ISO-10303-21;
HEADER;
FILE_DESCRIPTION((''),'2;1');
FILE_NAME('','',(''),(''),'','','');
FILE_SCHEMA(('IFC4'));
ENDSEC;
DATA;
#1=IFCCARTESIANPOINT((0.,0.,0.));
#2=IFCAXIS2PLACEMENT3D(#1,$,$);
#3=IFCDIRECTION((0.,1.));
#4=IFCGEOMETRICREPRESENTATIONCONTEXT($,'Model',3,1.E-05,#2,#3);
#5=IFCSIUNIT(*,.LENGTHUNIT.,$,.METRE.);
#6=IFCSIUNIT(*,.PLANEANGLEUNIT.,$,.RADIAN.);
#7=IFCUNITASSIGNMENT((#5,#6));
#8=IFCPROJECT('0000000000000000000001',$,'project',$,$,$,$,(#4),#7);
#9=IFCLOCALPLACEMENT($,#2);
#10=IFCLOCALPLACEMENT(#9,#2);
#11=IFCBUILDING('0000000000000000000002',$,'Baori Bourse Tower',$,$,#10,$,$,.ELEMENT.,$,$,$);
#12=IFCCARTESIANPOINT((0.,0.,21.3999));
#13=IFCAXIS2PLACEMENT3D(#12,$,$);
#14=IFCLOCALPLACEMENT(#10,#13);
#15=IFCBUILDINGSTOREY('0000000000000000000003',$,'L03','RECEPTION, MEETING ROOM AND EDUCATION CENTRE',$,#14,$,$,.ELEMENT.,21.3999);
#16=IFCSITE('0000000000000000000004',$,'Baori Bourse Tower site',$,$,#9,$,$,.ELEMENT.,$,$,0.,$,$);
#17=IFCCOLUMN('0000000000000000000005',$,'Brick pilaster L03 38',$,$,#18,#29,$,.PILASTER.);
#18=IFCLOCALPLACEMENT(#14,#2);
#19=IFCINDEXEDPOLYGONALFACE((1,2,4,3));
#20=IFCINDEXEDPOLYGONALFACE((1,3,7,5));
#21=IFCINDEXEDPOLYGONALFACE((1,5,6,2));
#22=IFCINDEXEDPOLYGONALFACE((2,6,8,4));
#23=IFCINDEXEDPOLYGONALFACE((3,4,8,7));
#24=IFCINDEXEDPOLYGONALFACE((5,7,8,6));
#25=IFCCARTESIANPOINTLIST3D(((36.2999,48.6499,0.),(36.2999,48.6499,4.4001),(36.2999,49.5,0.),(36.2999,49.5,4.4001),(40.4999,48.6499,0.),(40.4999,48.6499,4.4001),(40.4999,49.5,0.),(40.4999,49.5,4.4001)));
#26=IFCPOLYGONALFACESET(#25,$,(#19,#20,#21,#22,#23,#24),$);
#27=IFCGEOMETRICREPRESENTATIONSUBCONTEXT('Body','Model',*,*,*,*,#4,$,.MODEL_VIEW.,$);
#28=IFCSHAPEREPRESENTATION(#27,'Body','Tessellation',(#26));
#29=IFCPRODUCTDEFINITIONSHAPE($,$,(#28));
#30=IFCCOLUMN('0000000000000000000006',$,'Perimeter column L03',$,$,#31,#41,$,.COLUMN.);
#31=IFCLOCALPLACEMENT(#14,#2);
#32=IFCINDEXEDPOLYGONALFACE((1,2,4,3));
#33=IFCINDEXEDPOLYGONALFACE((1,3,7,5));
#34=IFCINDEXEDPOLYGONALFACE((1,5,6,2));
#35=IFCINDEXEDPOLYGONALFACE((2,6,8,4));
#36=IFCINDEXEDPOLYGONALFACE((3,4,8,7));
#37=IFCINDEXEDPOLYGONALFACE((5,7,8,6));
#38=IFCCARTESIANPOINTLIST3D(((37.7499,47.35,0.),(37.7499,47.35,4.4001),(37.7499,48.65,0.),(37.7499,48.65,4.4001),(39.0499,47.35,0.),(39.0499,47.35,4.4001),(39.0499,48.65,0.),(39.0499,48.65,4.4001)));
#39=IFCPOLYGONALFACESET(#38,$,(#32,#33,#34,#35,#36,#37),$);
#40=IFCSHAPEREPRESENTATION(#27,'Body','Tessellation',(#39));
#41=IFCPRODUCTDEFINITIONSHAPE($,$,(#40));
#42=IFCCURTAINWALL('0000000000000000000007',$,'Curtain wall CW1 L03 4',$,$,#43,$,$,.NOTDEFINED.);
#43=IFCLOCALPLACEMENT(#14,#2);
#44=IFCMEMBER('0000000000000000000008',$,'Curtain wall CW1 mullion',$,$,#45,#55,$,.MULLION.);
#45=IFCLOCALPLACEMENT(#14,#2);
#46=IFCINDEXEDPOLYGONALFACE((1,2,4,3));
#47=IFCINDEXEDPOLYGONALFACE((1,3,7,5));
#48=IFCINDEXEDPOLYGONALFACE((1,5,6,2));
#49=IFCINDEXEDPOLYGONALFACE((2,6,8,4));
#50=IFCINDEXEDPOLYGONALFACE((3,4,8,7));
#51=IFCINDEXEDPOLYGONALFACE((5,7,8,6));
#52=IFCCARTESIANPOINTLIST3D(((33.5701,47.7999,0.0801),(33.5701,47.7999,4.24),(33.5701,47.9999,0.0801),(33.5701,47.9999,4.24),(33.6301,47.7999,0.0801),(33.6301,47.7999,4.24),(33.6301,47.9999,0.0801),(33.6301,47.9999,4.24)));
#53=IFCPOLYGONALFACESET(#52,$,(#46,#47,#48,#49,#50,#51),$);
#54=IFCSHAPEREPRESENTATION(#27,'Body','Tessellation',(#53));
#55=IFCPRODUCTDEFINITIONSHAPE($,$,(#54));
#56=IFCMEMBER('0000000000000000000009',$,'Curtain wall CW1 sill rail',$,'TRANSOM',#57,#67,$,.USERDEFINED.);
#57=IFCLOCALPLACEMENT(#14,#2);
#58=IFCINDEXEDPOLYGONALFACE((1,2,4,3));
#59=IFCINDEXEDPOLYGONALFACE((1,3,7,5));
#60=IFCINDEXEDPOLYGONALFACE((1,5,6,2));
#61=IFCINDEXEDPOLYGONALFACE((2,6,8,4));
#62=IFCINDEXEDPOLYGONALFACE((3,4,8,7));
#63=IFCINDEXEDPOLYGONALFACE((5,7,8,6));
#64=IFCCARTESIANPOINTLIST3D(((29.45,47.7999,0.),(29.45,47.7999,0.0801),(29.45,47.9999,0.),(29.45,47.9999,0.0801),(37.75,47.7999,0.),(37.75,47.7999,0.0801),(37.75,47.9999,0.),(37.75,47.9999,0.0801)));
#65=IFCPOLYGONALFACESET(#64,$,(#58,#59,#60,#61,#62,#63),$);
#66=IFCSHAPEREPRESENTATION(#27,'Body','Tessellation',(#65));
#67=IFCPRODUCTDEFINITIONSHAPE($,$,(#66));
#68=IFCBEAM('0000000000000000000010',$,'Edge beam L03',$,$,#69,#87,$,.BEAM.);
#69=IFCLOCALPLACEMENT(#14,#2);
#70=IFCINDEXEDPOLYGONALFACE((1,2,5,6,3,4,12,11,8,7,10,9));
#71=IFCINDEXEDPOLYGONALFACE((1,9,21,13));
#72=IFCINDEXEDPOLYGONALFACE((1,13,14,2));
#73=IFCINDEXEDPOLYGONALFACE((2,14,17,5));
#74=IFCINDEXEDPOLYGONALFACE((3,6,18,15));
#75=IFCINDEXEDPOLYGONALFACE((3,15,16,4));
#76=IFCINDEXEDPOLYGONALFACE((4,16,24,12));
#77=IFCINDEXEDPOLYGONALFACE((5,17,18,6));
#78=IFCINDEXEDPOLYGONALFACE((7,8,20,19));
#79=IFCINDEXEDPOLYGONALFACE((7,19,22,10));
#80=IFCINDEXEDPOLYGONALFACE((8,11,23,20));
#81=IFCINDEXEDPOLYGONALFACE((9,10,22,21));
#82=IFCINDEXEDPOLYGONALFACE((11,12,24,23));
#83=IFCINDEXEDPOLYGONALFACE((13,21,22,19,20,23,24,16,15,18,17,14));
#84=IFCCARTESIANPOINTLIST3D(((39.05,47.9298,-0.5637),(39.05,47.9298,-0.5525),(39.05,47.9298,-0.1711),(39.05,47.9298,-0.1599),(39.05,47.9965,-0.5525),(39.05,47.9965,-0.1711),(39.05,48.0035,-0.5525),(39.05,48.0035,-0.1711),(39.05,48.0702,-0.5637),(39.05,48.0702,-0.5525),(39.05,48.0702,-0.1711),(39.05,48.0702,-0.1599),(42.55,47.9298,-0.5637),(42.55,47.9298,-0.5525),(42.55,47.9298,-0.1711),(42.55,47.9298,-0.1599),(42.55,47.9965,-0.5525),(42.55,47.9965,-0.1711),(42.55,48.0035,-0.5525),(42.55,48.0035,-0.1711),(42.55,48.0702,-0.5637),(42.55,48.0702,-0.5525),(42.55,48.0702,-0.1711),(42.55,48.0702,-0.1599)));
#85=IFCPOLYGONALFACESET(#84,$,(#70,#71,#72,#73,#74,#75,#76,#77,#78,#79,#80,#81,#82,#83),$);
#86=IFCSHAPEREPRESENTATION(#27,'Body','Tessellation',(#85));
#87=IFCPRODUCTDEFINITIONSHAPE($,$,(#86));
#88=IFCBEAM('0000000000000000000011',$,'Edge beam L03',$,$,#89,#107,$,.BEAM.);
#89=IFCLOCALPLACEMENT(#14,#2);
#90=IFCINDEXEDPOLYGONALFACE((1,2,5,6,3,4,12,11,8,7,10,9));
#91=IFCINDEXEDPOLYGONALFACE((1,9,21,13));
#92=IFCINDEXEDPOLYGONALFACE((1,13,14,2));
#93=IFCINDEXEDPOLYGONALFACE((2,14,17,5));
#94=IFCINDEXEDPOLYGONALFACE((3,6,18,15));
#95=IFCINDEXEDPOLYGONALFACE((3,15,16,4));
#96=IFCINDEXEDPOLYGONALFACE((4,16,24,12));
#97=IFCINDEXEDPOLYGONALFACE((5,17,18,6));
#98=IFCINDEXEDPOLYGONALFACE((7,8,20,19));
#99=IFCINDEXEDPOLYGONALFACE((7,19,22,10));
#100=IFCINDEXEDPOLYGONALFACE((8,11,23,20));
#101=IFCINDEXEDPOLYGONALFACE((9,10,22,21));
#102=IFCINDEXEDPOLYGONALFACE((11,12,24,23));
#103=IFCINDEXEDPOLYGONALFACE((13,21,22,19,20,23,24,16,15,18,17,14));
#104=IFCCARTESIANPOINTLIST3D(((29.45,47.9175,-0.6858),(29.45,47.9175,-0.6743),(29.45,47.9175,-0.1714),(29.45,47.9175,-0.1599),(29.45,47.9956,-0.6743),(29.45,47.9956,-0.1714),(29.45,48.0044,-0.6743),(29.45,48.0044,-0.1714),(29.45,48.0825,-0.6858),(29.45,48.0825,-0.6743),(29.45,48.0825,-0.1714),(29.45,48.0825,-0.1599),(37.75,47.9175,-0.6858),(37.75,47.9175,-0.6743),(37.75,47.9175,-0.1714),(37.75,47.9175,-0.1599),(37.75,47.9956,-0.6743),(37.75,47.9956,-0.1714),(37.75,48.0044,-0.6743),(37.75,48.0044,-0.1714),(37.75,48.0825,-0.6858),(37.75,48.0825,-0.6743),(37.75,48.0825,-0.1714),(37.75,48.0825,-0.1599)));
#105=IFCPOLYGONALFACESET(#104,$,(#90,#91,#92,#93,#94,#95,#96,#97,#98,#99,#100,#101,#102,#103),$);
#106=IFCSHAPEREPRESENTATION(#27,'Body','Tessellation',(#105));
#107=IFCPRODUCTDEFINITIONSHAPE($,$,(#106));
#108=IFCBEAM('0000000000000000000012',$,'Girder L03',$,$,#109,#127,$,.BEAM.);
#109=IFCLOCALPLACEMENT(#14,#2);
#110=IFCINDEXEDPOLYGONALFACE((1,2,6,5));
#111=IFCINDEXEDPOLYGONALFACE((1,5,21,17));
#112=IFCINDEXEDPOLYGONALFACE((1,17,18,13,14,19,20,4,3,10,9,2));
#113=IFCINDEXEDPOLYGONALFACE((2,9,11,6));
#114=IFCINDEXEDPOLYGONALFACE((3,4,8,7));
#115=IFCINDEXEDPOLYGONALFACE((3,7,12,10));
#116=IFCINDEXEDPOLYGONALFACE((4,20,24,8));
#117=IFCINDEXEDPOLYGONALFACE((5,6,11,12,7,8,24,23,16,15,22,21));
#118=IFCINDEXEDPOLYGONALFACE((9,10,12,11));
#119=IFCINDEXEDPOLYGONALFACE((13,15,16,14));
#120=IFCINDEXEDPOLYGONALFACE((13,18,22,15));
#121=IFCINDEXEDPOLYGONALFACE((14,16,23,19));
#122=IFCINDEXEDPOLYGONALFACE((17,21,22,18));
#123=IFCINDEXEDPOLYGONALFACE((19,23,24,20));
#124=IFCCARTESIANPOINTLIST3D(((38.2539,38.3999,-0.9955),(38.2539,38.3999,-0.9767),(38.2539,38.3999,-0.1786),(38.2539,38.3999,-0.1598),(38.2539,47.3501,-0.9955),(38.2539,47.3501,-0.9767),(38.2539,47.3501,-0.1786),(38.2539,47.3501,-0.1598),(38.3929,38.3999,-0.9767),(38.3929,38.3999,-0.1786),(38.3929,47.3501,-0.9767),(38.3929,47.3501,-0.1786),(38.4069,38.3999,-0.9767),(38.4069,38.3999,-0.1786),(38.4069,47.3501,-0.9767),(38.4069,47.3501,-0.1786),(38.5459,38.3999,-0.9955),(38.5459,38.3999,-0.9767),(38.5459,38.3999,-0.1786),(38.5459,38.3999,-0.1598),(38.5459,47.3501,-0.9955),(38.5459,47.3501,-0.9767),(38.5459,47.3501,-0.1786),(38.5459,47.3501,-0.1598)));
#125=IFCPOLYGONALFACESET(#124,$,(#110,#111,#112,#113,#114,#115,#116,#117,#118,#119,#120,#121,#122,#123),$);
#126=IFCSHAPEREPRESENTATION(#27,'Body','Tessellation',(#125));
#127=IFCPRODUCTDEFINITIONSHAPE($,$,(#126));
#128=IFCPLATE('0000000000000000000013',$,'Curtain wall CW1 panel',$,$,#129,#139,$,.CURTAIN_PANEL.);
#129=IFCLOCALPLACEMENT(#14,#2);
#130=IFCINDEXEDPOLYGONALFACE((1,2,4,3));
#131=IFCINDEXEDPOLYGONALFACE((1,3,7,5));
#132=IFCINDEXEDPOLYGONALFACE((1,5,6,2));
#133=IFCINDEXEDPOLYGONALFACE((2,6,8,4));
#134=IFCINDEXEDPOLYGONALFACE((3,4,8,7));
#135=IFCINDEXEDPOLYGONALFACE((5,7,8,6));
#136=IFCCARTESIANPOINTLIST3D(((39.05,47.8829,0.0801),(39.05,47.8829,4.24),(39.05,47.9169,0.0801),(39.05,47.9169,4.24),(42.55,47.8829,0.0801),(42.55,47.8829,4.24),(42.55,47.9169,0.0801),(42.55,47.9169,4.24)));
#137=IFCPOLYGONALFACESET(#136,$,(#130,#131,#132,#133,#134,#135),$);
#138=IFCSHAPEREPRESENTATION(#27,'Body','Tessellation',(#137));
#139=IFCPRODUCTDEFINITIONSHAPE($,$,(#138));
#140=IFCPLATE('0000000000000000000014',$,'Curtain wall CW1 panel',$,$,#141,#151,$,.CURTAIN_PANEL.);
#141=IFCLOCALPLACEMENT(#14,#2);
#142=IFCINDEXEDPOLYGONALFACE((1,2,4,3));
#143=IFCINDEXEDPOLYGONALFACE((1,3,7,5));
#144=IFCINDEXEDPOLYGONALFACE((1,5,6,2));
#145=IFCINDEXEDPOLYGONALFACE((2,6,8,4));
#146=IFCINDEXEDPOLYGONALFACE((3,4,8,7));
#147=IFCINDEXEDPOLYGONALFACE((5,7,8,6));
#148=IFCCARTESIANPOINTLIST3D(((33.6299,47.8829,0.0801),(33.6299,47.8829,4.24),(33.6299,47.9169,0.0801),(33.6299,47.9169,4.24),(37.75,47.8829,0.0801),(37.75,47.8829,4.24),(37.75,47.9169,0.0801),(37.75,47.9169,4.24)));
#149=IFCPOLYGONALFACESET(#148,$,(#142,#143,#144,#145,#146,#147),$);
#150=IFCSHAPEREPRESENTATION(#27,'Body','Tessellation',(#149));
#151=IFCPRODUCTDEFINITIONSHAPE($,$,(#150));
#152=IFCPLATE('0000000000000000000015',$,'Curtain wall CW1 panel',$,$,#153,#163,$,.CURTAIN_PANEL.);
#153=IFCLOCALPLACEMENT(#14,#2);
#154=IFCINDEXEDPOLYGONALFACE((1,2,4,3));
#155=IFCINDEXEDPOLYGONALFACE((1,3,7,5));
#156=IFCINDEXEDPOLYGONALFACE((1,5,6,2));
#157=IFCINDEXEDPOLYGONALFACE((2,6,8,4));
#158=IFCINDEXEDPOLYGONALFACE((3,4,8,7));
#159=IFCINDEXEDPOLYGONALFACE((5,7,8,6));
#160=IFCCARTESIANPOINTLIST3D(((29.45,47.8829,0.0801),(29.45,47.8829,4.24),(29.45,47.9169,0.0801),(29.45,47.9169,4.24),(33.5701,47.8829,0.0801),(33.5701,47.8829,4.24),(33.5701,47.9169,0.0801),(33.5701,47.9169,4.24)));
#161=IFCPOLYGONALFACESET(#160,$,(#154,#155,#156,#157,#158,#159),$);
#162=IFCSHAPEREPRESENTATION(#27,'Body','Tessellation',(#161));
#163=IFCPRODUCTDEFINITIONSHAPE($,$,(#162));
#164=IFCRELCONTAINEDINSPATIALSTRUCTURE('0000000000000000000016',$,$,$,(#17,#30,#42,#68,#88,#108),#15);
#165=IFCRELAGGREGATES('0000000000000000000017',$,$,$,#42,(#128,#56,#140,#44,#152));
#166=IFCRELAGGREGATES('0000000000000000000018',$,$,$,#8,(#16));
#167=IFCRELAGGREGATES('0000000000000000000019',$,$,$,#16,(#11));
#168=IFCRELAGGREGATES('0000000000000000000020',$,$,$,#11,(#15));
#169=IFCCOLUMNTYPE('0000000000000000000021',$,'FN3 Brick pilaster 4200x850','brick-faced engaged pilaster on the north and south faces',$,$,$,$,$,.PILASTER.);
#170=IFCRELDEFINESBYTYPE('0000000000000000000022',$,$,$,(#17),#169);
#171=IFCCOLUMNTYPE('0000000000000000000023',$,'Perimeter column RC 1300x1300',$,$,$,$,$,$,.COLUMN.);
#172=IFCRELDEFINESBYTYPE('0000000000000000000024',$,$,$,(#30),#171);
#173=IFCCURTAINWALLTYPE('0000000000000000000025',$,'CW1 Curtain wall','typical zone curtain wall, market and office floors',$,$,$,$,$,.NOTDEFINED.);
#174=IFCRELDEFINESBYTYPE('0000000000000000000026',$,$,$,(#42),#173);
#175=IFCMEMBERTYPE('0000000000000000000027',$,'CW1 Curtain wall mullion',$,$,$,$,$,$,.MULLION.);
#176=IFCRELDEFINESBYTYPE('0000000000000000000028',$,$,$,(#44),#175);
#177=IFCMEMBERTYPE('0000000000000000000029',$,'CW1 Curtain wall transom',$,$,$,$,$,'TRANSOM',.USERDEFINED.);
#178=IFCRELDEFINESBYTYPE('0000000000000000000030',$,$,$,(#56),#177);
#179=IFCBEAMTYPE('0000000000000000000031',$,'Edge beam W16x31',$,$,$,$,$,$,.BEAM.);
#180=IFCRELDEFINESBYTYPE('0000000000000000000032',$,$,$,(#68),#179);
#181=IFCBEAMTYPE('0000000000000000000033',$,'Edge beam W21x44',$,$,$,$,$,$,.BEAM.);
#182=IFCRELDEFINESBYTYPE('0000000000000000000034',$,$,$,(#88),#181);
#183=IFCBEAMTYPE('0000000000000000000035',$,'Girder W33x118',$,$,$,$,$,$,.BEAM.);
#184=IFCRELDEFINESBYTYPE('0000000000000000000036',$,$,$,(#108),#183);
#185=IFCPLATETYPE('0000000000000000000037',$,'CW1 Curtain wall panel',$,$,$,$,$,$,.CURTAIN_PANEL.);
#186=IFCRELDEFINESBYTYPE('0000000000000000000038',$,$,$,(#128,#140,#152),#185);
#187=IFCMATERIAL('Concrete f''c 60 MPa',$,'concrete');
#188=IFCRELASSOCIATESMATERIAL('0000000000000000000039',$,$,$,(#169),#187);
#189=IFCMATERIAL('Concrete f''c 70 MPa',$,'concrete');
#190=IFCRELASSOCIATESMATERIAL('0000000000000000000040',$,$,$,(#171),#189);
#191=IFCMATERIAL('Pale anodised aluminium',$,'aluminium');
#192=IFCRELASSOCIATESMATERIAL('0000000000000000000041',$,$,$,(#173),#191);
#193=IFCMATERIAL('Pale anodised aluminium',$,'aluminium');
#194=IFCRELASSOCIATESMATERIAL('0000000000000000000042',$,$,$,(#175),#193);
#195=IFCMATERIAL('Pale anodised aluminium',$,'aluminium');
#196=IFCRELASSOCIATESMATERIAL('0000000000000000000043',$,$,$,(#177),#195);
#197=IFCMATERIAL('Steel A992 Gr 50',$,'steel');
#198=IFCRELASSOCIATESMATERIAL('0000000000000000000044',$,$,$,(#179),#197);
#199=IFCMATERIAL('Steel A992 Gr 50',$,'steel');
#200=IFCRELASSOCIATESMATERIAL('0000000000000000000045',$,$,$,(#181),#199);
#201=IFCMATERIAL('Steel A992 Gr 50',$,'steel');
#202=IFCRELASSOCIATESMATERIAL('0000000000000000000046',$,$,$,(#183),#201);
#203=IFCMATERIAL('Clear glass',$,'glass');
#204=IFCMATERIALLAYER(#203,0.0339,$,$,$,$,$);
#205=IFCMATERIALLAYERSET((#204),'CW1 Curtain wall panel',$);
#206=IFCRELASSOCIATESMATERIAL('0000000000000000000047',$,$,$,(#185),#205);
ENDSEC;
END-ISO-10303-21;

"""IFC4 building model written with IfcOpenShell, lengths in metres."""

from ifc_helpers import new_model, si_unit, direction, frame, origin, origin_2d, place, context, subcontext, project, spatial, rectangle, i_section, extrude, material, layer, layer_set, material_profile, profile_set, type_object, element, aggregate, save


model = new_model("IFC4")

# Units and contexts
model_context = context("Model", 3, precision=1e-05, world=origin(), true_north=direction((0.0, 1.0)))
body_context = subcontext(model_context, "Body", "Model", "MODEL_VIEW")
ifc_project = project(units=[si_unit("LENGTHUNIT", "METRE"), si_unit("PLANEANGLEUNIT", "RADIAN")], contexts=[model_context])

# Site, building, storey
site_placement = place(None, origin())
site = spatial("IfcSite", under=ifc_project, at=site_placement, Name="Baori Bourse Tower site", CompositionType="ELEMENT", RefElevation=0.0)
building_placement = place(site_placement, origin())
building = spatial("IfcBuilding", under=site, at=building_placement, Name="Baori Bourse Tower", CompositionType="ELEMENT")
storey_placement = place(building_placement, frame((0.0, 0.0, 21.3999)))
storey = spatial("IfcBuildingStorey", under=building, at=storey_placement, Name="L03", Description="RECEPTION, MEETING ROOM AND EDUCATION CENTRE", CompositionType="ELEMENT", Elevation=21.3999)

# Columns
ifc_material_1 = material(Name="Concrete f'c 60 MPa", Category="concrete")
ifc_material_profile_1 = material_profile(ifc_material_1, rectangle(XDim=4.2, YDim=0.8501, at=origin_2d()), Name="RC 4200x850")
ifc_profile_set_1 = profile_set([ifc_material_profile_1], Name="Concrete f'c 60 MPa")
column_type_1 = type_object("IfcColumnType", Name="FN3 Brick pilaster 4200x850", Description="brick-faced engaged pilaster on the north and south faces", PredefinedType="PILASTER", material=ifc_profile_set_1)
column_1_placement = place(storey_placement, frame((38.3999, 49.075, 0.0), z_axis=(0.0, 0.0, 1.0), x_axis=(1.0, 0.0, 0.0)))
element("IfcColumn", 1, at=column_1_placement, inside=storey, type_object=column_type_1, Name="Brick pilaster L03 38", PredefinedType="PILASTER", context=body_context, shape_type="SweptSolid", body=[
    extrude(rectangle(XDim=4.2, YDim=0.8501, at=origin_2d()), origin(), (0.0, 0.0, 1.0), 4.4001),
])
ifc_material_2 = material(Name="Concrete f'c 70 MPa", Category="concrete")
ifc_material_profile_2 = material_profile(ifc_material_2, rectangle(XDim=1.3, YDim=1.3, at=origin_2d()), Name="RC 1300x1300")
ifc_profile_set_2 = profile_set([ifc_material_profile_2], Name="Concrete f'c 70 MPa")
column_type_2 = type_object("IfcColumnType", Name="Perimeter column RC 1300x1300", PredefinedType="COLUMN", material=ifc_profile_set_2)
column_2_placement = place(storey_placement, frame((38.3999, 48.0, 0.0), z_axis=(0.0, 0.0, 1.0), x_axis=(1.0, 0.0, 0.0)))
element("IfcColumn", 2, at=column_2_placement, inside=storey, type_object=column_type_2, Name="Perimeter column L03", PredefinedType="COLUMN", context=body_context, shape_type="SweptSolid", body=[
    extrude(rectangle(XDim=1.3, YDim=1.3, at=origin_2d()), origin(), (0.0, 0.0, 1.0), 4.4001),
])

# Curtain wall, members
ifc_material_3 = material(Name="Pale anodised aluminium", Category="aluminium")
curtain_wall_type = type_object("IfcCurtainWallType", Name="CW1 Curtain wall", Description="typical zone curtain wall, market and office floors", PredefinedType="NOTDEFINED", material=ifc_material_3)
curtain_wall_placement = place(storey_placement, origin())
curtain_wall = element("IfcCurtainWall", 3, at=curtain_wall_placement, inside=storey, type_object=curtain_wall_type, Name="Curtain wall CW1 L03 4", PredefinedType="NOTDEFINED")
ifc_material_4 = material(Name="Pale anodised aluminium", Category="aluminium")
ifc_material_profile_3 = material_profile(ifc_material_4, rectangle(XDim=0.2, YDim=0.0601, at=origin_2d()), Name="Mullion 60x200")
ifc_profile_set_3 = profile_set([ifc_material_profile_3], Name="Pale anodised aluminium")
member_type_1 = type_object("IfcMemberType", Name="CW1 Curtain wall mullion", PredefinedType="MULLION", material=ifc_profile_set_3)
member_1_placement = place(storey_placement, frame((33.6001, 47.8999, 0.0801), z_axis=(0.0, 0.0, 1.0), x_axis=(0.0, -1.0, 0.0)))
member_1 = element("IfcMember", 4, at=member_1_placement, type_object=member_type_1, Name="Curtain wall CW1 mullion", PredefinedType="MULLION", context=body_context, shape_type="SweptSolid", body=[
    extrude(rectangle(XDim=0.2, YDim=0.0601, at=origin_2d()), origin(), (0.0, 0.0, 1.0), 4.1599),
])
ifc_material_5 = material(Name="Pale anodised aluminium", Category="aluminium")
ifc_material_profile_4 = material_profile(ifc_material_5, rectangle(XDim=0.2, YDim=0.0801, at=origin_2d()), Name="Transom 80x200")
ifc_profile_set_4 = profile_set([ifc_material_profile_4], Name="Pale anodised aluminium")
member_type_2 = type_object("IfcMemberType", Name="CW1 Curtain wall transom", ElementType="TRANSOM", PredefinedType="USERDEFINED", material=ifc_profile_set_4)
member_2_placement = place(storey_placement, frame((37.75, 47.8999, 0.04), z_axis=(-1.0, 0.0, 0.0), x_axis=(0.0, -1.0, 0.0)))
member_2 = element("IfcMember", 5, at=member_2_placement, type_object=member_type_2, Name="Curtain wall CW1 sill rail", ObjectType="TRANSOM", PredefinedType="USERDEFINED", context=body_context, shape_type="SweptSolid", body=[
    extrude(rectangle(XDim=0.2, YDim=0.0801, at=origin_2d()), origin(), (0.0, 0.0, 1.0), 8.3),
])

# Beams
ifc_material_6 = material(Name="Steel A992 Gr 50", Category="steel")
ifc_material_profile_5 = material_profile(ifc_material_6, i_section(OverallWidth=0.1404, OverallDepth=0.4038, WebThickness=0.0071, FlangeThickness=0.0112, at=origin_2d()), Name="W16x31")
ifc_profile_set_5 = profile_set([ifc_material_profile_5], Name="Steel A992 Gr 50")
beam_type_1 = type_object("IfcBeamType", Name="Edge beam W16x31", PredefinedType="BEAM", material=ifc_profile_set_5)
beam_1_placement = place(storey_placement, frame((39.05, 48.0, -0.3618), z_axis=(1.0, 0.0, 0.0), x_axis=(0.0, 1.0, 0.0)))
element("IfcBeam", 6, at=beam_1_placement, inside=storey, type_object=beam_type_1, Name="Edge beam L03", PredefinedType="BEAM", context=body_context, shape_type="SweptSolid", body=[
    extrude(i_section(OverallWidth=0.1404, OverallDepth=0.4038, WebThickness=0.0071, FlangeThickness=0.0112, at=origin_2d()), origin(), (0.0, 0.0, 1.0), 3.5),
])
ifc_material_7 = material(Name="Steel A992 Gr 50", Category="steel")
ifc_material_profile_6 = material_profile(ifc_material_7, i_section(OverallWidth=0.165, OverallDepth=0.5259, WebThickness=0.0088, FlangeThickness=0.0115, at=origin_2d()), Name="W21x44")
ifc_profile_set_6 = profile_set([ifc_material_profile_6], Name="Steel A992 Gr 50")
beam_type_2 = type_object("IfcBeamType", Name="Edge beam W21x44", PredefinedType="BEAM", material=ifc_profile_set_6)
beam_2_placement = place(storey_placement, frame((29.45, 48.0, -0.4229), z_axis=(1.0, 0.0, 0.0), x_axis=(0.0, 1.0, 0.0)))
element("IfcBeam", 7, at=beam_2_placement, inside=storey, type_object=beam_type_2, Name="Edge beam L03", PredefinedType="BEAM", context=body_context, shape_type="SweptSolid", body=[
    extrude(i_section(OverallWidth=0.165, OverallDepth=0.5259, WebThickness=0.0088, FlangeThickness=0.0115, at=origin_2d()), origin(), (0.0, 0.0, 1.0), 8.3),
])
ifc_material_8 = material(Name="Steel A992 Gr 50", Category="steel")
ifc_material_profile_7 = material_profile(ifc_material_8, i_section(OverallWidth=0.292, OverallDepth=0.8357, WebThickness=0.0139, FlangeThickness=0.0188, at=origin_2d()), Name="W33x118")
ifc_profile_set_7 = profile_set([ifc_material_profile_7], Name="Steel A992 Gr 50")
beam_type_3 = type_object("IfcBeamType", Name="Girder W33x118", PredefinedType="BEAM", material=ifc_profile_set_7)
beam_3_placement = place(storey_placement, frame((38.3999, 38.3999, -0.5776), z_axis=(0.0, 1.0, 0.0), x_axis=(-1.0, 0.0, 0.0)))
element("IfcBeam", 8, at=beam_3_placement, inside=storey, type_object=beam_type_3, Name="Girder L03", PredefinedType="BEAM", context=body_context, shape_type="SweptSolid", body=[
    extrude(i_section(OverallWidth=0.292, OverallDepth=0.8357, WebThickness=0.0139, FlangeThickness=0.0188, at=origin_2d()), origin(), (0.0, 0.0, 1.0), 8.9502),
])

# Plates
ifc_material_9 = material(Name="Clear glass", Category="glass")
ifc_layer_1 = layer(ifc_material_9, 0.0339)
ifc_layer_set_1 = layer_set([ifc_layer_1], Name="CW1 Curtain wall panel")
plate_type = type_object("IfcPlateType", Name="CW1 Curtain wall panel", PredefinedType="CURTAIN_PANEL", material=ifc_layer_set_1)
plate_1_placement = place(storey_placement, frame((40.8, 47.8999, 0.0801), z_axis=(0.0, 0.0, 1.0), x_axis=(-1.0, 0.0, 0.0)))
plate_1 = element("IfcPlate", 9, at=plate_1_placement, type_object=plate_type, Name="Curtain wall CW1 panel", PredefinedType="CURTAIN_PANEL", context=body_context, shape_type="SweptSolid", body=[
    extrude(rectangle(XDim=3.5, YDim=0.0339, at=origin_2d()), origin(), (0.0, 0.0, 1.0), 4.1599),
])
plate_2_placement = place(storey_placement, frame((35.6899, 47.8999, 0.0801), z_axis=(0.0, 0.0, 1.0), x_axis=(-1.0, 0.0, 0.0)))
plate_2 = element("IfcPlate", 10, at=plate_2_placement, type_object=plate_type, Name="Curtain wall CW1 panel", PredefinedType="CURTAIN_PANEL", context=body_context, shape_type="SweptSolid", body=[
    extrude(rectangle(XDim=4.1201, YDim=0.0339, at=origin_2d()), origin(), (0.0, 0.0, 1.0), 4.1599),
])
plate_3_placement = place(storey_placement, frame((31.51, 47.8999, 0.0801), z_axis=(0.0, 0.0, 1.0), x_axis=(-1.0, 0.0, 0.0)))
plate_3 = element("IfcPlate", 11, at=plate_3_placement, type_object=plate_type, Name="Curtain wall CW1 panel", PredefinedType="CURTAIN_PANEL", context=body_context, shape_type="SweptSolid", body=[
    extrude(rectangle(XDim=4.1201, YDim=0.0339, at=origin_2d()), origin(), (0.0, 0.0, 1.0), 4.1599),
])
aggregate(curtain_wall, [plate_1, member_2, plate_2, member_1, plate_3])

save(model, "model.ifc")
